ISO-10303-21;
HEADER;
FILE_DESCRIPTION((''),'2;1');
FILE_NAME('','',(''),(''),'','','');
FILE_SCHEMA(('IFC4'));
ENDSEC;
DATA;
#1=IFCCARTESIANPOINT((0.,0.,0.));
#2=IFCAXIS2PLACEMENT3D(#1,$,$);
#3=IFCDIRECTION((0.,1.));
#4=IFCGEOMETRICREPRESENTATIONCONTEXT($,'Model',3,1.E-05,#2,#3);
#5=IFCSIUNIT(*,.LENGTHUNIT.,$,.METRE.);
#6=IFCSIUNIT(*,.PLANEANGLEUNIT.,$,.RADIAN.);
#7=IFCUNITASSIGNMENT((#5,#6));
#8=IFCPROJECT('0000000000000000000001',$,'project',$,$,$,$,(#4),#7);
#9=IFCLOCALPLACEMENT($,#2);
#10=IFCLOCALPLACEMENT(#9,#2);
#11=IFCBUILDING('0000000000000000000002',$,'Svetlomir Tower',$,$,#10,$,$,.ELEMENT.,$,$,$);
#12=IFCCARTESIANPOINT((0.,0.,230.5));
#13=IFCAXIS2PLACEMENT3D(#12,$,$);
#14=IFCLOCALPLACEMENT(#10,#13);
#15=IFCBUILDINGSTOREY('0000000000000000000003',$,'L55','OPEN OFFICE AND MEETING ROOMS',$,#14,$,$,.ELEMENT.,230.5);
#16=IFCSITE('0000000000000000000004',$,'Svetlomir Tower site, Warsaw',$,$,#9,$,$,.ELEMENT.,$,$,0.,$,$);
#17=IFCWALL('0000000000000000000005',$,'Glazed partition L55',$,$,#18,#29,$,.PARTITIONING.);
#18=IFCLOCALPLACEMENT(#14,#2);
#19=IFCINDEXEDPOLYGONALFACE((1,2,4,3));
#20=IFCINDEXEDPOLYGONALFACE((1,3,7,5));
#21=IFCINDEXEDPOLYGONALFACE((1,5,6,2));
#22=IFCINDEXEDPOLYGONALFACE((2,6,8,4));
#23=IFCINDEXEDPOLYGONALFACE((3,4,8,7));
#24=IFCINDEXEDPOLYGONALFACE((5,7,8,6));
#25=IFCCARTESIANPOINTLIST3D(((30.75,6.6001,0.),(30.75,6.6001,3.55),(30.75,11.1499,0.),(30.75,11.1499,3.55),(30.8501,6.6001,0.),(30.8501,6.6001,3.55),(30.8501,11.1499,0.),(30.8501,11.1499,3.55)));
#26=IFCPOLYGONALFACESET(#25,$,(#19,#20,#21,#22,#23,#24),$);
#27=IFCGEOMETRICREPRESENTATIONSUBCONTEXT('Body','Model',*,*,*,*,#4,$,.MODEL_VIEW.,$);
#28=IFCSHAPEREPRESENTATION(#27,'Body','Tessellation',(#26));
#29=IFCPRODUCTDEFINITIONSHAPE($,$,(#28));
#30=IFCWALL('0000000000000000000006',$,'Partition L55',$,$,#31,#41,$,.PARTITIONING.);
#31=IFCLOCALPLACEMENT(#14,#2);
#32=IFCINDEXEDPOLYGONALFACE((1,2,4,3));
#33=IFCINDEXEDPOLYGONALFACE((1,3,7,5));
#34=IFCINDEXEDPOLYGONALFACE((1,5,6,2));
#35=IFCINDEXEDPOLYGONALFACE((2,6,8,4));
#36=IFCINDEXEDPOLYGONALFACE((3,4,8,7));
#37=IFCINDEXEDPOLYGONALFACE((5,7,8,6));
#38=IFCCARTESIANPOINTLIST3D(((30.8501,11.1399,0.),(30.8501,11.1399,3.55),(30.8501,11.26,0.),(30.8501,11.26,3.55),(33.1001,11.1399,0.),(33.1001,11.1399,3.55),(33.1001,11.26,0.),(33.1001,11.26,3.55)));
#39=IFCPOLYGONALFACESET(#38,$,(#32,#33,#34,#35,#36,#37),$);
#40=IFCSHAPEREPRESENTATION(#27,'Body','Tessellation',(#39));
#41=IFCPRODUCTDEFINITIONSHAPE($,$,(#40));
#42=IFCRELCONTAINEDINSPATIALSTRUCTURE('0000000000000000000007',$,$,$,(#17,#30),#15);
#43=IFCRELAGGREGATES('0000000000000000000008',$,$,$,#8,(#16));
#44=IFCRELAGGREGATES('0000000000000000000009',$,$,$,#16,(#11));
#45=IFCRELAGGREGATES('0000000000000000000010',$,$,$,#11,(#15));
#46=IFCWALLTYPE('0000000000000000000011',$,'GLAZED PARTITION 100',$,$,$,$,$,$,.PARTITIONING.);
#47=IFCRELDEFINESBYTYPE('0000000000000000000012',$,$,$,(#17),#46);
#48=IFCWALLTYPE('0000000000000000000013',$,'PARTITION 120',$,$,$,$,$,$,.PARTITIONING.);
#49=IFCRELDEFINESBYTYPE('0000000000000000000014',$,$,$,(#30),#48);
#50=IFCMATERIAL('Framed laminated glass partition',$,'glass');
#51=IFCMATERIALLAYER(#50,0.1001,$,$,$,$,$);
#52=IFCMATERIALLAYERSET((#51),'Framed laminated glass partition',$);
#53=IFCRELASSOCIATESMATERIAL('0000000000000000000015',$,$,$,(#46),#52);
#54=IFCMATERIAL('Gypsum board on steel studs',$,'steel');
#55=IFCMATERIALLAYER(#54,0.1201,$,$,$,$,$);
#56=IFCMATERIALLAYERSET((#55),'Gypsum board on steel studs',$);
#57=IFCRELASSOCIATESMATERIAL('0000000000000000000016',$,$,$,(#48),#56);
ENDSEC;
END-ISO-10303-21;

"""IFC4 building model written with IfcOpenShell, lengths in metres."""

from ifc_helpers import new_model, si_unit, direction, frame, frame_2d, origin, place, context, subcontext, project, spatial, rectangle, extrude, material, layer, layer_set, type_object, element, save


model = new_model("IFC4")

# Units and contexts
model_context = context("Model", 3, precision=1e-05, world=origin(), true_north=direction((0.0, 1.0)))
body_context = subcontext(model_context, "Body", "Model", "MODEL_VIEW")
ifc_project = project(units=[si_unit("LENGTHUNIT", "METRE"), si_unit("PLANEANGLEUNIT", "RADIAN")], contexts=[model_context])

# Site, building, storey
site_placement = place(None, origin())
site = spatial("IfcSite", under=ifc_project, at=site_placement, Name="Svetlomir Tower site, Warsaw", CompositionType="ELEMENT", RefElevation=0.0)
building_placement = place(site_placement, origin())
building = spatial("IfcBuilding", under=site, at=building_placement, Name="Svetlomir Tower", CompositionType="ELEMENT")
storey_placement = place(building_placement, frame((0.0, 0.0, 230.5)))
storey = spatial("IfcBuildingStorey", under=building, at=storey_placement, Name="L55", Description="OPEN OFFICE AND MEETING ROOMS", CompositionType="ELEMENT", Elevation=230.5)

# Shared definitions
ifc_material_1 = material(Name="Framed laminated glass partition", Category="glass")
ifc_layer_1 = layer(ifc_material_1, 0.1001)
ifc_layer_set_1 = layer_set([ifc_layer_1], Name="Framed laminated glass partition")
wall_type_1 = type_object("IfcWallType", Name="GLAZED PARTITION 100", PredefinedType="PARTITIONING", material=ifc_layer_set_1)

# Walls
wall_1_placement = place(storey_placement, frame((30.8, 6.6001, 0.0), z_axis=(0.0, 0.0, 1.0), x_axis=(0.0, 1.0, 0.0)))
element("IfcWall", 1, at=wall_1_placement, inside=storey, type_object=wall_type_1, Name="Glazed partition L55", PredefinedType="PARTITIONING", context=body_context, shape_type="SweptSolid", body=[
    extrude(rectangle(XDim=4.5498, YDim=0.1001, at=frame_2d((2.2749, 0.0))), origin(), (0.0, 0.0, 1.0), 3.55),
])
ifc_material_2 = material(Name="Gypsum board on steel studs", Category="steel")
ifc_layer_2 = layer(ifc_material_2, 0.1201)
ifc_layer_set_2 = layer_set([ifc_layer_2], Name="Gypsum board on steel studs")
wall_type_2 = type_object("IfcWallType", Name="PARTITION 120", PredefinedType="PARTITIONING", material=ifc_layer_set_2)
wall_2_placement = place(storey_placement, frame((30.8501, 11.2, 0.0), z_axis=(0.0, 0.0, 1.0), x_axis=(1.0, 0.0, 0.0)))
element("IfcWall", 2, at=wall_2_placement, inside=storey, type_object=wall_type_2, Name="Partition L55", PredefinedType="PARTITIONING", context=body_context, shape_type="SweptSolid", body=[
    extrude(rectangle(XDim=2.25, YDim=0.1201, at=frame_2d((1.125, 0.0))), origin(), (0.0, 0.0, 1.0), 3.55),
])

save(model, "model.ifc")
